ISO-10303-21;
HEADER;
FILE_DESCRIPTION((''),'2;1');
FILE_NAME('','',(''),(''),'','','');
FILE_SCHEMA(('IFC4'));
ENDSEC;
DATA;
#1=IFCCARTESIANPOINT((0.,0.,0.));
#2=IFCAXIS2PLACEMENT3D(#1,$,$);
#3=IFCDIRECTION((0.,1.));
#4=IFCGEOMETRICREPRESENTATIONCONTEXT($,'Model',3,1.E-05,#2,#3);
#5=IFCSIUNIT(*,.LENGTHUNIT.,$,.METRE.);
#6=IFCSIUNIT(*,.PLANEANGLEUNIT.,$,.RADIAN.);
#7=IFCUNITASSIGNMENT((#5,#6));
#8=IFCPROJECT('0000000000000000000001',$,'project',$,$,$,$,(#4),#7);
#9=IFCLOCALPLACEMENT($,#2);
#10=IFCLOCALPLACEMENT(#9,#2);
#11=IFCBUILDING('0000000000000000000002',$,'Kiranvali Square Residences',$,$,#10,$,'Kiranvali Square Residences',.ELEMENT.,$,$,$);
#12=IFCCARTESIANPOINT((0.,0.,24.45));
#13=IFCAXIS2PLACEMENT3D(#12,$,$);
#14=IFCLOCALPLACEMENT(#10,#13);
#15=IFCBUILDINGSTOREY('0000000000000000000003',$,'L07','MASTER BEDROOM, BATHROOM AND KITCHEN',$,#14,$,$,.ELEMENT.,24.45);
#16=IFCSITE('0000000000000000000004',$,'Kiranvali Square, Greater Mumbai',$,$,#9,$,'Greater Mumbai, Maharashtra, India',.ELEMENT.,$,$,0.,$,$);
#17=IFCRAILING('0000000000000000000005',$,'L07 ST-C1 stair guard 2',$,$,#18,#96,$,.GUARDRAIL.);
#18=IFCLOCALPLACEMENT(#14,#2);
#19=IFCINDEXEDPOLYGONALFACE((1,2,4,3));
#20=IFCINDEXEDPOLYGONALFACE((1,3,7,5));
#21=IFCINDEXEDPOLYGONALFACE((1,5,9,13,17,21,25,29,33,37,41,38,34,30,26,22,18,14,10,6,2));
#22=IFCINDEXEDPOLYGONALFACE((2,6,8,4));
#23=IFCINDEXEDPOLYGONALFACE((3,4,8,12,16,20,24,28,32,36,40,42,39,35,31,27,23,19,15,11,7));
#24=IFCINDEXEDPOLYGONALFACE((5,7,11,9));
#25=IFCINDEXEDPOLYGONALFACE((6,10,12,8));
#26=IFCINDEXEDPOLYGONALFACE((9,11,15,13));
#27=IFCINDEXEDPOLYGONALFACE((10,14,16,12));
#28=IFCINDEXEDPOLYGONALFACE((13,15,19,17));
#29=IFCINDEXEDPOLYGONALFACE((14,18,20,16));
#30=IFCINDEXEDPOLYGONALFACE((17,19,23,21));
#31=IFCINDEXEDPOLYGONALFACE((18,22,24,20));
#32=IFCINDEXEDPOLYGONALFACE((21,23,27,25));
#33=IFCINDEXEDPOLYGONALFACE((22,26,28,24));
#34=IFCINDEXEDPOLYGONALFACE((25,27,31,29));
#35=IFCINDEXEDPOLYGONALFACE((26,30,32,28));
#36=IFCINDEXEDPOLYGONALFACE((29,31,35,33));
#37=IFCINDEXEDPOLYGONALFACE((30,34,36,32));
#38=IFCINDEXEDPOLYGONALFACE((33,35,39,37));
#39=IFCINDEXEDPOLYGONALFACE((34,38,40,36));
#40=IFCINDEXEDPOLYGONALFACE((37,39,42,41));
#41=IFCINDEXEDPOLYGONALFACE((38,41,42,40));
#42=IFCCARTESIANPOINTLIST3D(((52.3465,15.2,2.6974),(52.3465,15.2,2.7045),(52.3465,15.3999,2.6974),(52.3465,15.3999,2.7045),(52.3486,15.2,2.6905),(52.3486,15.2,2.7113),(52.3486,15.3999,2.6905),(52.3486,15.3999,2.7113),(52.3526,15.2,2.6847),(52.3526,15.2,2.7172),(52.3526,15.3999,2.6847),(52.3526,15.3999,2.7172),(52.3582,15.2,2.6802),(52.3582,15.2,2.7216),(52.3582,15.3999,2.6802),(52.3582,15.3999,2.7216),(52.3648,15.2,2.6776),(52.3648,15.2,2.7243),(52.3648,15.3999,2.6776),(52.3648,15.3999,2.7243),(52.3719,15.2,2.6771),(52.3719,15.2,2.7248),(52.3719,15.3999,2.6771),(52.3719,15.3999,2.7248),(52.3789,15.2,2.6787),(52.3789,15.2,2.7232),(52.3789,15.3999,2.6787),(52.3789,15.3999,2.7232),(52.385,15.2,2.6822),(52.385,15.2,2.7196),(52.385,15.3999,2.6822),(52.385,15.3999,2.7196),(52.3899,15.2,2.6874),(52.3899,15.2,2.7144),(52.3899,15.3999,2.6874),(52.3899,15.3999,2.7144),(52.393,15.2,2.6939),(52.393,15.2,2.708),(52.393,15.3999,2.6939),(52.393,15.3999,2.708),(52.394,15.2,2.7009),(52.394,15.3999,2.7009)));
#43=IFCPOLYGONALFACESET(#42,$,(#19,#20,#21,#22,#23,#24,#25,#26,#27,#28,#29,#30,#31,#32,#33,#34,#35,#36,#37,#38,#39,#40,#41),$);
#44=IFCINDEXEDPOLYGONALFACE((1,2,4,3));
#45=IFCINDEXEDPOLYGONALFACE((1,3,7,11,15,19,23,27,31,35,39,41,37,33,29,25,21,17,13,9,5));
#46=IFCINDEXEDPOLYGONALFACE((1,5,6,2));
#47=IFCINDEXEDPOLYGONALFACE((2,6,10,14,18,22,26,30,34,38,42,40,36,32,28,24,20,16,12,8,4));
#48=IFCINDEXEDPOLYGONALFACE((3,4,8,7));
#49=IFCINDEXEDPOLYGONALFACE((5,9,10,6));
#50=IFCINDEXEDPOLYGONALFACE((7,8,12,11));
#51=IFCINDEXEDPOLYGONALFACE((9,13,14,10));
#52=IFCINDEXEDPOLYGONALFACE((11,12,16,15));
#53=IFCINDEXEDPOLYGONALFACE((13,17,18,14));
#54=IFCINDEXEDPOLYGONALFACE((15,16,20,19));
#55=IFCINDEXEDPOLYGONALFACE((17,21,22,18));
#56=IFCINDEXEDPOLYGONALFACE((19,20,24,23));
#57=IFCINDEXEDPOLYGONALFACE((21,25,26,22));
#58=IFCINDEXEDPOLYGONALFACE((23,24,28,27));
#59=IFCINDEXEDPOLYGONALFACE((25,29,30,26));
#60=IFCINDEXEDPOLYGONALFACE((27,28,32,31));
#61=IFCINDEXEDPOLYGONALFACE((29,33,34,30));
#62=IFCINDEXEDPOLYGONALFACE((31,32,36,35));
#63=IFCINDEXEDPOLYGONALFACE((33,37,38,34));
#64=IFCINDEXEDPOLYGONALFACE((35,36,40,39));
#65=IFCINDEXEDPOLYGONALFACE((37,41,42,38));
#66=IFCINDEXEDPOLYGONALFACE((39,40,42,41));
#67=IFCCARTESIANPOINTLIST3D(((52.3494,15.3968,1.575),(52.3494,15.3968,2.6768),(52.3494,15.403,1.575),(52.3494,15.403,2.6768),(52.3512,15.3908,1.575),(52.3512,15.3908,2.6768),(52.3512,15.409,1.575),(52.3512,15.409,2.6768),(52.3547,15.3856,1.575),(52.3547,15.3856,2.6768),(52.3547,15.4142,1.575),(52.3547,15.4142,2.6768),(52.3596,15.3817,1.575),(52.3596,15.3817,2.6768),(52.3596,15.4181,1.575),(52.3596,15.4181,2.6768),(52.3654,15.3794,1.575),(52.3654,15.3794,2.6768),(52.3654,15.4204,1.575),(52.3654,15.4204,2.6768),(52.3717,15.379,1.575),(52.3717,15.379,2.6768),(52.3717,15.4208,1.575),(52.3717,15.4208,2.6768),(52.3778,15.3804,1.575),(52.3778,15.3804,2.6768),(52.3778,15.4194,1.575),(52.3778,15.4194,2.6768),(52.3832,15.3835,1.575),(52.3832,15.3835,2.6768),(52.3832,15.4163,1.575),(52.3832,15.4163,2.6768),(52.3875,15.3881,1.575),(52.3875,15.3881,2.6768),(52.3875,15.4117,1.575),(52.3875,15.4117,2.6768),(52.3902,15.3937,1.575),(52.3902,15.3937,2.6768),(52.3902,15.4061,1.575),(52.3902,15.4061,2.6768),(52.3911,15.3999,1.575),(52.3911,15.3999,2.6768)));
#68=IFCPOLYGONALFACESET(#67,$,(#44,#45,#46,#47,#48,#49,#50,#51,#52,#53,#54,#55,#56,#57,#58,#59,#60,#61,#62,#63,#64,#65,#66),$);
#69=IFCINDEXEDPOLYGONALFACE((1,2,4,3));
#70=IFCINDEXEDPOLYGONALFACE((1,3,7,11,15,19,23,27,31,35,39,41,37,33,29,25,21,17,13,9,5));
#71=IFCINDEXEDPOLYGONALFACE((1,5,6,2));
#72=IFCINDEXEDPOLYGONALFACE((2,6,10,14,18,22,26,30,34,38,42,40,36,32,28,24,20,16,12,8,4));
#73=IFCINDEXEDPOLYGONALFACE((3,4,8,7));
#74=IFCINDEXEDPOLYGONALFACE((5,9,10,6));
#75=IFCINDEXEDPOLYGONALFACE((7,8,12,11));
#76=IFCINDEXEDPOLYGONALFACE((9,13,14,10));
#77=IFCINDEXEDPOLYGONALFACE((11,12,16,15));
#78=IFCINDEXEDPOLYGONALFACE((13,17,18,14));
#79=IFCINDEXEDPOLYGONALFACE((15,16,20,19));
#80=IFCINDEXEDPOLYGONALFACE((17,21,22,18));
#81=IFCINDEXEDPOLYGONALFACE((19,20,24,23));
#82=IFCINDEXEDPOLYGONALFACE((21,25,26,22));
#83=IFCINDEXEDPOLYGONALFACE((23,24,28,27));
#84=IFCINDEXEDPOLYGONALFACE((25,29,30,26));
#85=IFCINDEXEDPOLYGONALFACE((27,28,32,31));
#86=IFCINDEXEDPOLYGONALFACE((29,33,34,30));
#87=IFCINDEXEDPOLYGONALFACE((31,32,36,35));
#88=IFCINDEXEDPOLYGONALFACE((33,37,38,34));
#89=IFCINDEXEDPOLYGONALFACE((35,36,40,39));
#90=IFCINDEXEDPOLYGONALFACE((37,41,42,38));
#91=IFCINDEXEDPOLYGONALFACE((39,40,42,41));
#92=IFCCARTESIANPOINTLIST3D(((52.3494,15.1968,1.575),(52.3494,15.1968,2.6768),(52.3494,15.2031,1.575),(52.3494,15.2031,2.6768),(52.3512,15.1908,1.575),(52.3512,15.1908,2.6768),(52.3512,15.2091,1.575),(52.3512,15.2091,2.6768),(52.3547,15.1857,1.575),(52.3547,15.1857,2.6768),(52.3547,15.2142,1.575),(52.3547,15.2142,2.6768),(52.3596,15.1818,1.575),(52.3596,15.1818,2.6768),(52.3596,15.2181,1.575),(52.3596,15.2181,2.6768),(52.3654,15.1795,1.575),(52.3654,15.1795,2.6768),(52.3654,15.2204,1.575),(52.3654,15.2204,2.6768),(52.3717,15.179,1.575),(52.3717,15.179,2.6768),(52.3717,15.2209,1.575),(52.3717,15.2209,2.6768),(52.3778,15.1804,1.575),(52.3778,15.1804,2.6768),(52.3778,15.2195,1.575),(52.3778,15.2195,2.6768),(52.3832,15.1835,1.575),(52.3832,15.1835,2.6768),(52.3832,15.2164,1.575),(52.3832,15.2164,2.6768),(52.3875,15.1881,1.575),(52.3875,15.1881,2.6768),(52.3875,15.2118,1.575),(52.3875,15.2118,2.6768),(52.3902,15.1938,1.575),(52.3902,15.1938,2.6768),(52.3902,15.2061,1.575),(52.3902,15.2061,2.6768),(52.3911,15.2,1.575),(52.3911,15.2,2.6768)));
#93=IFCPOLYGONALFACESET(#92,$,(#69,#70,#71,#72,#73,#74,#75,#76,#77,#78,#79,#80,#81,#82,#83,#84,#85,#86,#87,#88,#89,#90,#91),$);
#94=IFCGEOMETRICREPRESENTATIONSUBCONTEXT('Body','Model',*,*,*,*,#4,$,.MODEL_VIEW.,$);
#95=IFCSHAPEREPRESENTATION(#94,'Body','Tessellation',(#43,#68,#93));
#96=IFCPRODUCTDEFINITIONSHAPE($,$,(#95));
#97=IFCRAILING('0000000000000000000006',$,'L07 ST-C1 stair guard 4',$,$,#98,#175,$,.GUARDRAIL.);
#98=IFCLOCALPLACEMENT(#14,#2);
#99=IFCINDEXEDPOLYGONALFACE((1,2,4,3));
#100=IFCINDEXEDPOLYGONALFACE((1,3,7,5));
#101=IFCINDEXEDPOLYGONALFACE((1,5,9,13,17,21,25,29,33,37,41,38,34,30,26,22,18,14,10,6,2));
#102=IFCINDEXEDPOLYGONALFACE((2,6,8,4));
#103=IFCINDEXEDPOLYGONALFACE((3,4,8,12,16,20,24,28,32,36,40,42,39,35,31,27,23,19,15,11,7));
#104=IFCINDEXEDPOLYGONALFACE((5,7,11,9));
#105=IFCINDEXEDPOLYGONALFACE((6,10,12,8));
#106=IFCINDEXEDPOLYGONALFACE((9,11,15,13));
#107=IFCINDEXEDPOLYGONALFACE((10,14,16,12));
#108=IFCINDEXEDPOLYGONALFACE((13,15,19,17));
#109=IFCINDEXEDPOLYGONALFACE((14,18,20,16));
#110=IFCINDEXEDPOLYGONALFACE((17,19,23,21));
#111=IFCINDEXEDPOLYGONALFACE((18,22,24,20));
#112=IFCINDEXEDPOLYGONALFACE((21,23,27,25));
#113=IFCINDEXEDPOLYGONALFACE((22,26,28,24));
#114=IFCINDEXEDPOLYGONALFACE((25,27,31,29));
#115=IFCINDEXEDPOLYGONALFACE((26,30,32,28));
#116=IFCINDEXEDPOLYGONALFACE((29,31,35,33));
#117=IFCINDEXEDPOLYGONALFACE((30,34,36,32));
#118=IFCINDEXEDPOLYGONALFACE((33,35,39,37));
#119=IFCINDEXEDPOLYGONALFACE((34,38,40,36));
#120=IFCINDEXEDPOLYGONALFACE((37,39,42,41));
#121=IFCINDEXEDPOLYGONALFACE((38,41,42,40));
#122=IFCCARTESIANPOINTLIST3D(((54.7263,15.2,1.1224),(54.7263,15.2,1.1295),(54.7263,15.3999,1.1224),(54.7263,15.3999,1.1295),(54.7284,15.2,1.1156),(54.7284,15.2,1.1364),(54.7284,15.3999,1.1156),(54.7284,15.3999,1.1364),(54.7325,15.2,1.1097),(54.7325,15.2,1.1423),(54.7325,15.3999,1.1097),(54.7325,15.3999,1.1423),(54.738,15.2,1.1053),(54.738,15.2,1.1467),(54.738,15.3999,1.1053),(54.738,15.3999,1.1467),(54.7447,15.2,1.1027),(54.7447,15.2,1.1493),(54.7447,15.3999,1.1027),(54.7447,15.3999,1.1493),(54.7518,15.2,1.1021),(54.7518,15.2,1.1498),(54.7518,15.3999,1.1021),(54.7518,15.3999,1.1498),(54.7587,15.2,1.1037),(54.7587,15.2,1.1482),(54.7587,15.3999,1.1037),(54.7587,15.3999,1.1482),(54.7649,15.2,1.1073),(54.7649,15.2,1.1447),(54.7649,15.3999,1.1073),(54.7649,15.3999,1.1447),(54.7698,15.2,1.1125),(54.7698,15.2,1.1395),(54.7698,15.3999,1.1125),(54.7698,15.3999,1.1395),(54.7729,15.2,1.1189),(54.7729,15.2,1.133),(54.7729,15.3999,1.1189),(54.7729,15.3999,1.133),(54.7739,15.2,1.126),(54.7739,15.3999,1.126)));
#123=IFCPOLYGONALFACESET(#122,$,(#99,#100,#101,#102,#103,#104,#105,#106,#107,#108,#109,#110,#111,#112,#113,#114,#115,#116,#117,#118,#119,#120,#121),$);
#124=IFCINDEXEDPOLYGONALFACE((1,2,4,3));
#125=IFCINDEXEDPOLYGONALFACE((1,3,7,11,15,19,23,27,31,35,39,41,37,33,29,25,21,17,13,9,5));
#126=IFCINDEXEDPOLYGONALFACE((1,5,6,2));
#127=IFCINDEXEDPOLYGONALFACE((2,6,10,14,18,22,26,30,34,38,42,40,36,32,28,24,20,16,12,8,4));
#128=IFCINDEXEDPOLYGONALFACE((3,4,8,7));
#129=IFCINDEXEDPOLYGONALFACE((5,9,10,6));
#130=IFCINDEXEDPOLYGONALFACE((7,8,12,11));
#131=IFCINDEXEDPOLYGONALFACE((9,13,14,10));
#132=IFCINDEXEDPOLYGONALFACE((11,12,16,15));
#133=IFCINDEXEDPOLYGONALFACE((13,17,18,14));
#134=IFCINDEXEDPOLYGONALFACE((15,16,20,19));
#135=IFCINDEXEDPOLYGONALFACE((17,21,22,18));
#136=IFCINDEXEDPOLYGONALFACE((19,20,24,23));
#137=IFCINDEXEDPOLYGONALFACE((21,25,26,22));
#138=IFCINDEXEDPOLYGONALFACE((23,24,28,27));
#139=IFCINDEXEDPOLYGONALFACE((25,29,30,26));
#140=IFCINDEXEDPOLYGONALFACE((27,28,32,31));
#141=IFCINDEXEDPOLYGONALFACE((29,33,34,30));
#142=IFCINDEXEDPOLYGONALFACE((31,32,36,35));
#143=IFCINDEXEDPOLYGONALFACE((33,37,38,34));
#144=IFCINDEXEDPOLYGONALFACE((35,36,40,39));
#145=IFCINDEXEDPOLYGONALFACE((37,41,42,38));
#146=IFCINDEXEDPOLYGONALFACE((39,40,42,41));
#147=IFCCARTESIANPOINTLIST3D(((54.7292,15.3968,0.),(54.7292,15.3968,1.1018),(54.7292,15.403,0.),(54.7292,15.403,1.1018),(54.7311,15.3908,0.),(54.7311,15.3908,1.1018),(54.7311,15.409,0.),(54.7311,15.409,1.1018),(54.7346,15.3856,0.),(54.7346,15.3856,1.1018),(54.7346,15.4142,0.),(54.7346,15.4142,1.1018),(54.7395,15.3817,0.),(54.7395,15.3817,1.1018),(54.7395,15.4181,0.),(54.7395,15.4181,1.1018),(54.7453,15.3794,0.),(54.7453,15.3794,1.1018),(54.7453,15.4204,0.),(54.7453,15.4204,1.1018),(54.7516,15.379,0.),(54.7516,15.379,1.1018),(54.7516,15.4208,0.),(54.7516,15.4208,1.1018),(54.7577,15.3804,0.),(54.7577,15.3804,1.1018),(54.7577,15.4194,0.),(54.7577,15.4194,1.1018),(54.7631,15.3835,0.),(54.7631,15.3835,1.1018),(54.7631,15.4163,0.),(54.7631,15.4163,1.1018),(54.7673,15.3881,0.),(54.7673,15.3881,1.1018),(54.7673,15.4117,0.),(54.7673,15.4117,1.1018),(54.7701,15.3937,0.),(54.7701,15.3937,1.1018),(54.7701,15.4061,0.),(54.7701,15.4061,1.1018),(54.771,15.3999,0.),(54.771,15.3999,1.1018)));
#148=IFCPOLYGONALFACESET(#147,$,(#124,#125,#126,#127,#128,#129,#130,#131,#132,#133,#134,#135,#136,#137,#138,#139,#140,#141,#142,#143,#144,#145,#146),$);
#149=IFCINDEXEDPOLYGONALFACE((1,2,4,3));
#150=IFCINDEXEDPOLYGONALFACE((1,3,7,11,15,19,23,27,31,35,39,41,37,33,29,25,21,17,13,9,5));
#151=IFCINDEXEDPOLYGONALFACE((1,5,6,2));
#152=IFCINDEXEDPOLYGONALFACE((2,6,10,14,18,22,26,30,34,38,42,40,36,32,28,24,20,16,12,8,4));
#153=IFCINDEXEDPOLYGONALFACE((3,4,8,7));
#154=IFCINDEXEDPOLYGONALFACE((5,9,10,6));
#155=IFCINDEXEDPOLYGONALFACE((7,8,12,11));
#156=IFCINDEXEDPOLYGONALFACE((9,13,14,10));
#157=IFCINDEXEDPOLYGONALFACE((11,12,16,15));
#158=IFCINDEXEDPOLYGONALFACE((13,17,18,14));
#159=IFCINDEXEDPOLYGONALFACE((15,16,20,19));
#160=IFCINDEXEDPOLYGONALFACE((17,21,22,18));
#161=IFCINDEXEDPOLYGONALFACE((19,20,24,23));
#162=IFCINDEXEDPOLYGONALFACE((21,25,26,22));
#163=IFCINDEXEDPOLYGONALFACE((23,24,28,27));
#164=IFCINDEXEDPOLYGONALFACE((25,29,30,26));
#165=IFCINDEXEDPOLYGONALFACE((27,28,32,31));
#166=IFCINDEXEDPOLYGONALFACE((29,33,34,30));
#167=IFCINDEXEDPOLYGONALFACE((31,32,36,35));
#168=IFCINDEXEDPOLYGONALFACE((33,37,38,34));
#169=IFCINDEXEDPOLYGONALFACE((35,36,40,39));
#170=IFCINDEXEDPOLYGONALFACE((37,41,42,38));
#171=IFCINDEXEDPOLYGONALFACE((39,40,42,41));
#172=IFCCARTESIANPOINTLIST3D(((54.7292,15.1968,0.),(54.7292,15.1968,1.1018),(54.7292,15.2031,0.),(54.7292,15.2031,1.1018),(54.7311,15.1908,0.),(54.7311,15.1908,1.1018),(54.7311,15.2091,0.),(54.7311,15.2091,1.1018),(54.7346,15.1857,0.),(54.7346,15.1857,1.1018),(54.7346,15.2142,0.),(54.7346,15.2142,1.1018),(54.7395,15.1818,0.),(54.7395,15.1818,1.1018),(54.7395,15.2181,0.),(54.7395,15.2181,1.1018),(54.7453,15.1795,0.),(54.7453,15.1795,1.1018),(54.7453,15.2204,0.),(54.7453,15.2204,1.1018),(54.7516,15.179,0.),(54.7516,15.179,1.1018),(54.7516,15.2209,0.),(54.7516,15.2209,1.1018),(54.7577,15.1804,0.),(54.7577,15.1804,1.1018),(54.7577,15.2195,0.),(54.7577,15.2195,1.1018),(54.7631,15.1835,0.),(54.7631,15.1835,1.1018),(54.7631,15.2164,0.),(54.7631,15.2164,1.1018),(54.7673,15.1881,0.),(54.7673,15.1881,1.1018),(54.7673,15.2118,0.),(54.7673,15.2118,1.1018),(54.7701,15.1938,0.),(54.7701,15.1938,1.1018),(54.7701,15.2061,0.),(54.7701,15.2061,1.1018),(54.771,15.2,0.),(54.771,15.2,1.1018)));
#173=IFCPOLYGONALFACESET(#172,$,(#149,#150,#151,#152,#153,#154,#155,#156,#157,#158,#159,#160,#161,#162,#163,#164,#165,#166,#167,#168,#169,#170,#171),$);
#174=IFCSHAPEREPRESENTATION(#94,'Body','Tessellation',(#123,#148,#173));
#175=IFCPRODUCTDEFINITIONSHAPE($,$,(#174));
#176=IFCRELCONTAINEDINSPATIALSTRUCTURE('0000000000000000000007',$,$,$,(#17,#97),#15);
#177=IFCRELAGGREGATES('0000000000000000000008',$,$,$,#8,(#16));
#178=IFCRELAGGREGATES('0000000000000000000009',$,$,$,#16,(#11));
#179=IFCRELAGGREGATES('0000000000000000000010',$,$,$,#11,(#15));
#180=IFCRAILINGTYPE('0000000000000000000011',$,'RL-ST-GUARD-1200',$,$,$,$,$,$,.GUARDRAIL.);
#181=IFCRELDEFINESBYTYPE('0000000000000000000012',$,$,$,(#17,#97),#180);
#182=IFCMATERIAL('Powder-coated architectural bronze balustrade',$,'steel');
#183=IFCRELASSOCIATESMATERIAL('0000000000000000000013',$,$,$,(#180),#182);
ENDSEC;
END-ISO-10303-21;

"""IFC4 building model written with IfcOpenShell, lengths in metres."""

from ifc_helpers import new_model, si_unit, direction, frame, origin, origin_2d, place, context, subcontext, project, spatial, circle, extrude, material, type_object, element, save


model = new_model("IFC4")

# Units and contexts
model_context = context("Model", 3, precision=1e-05, world=origin(), true_north=direction((0.0, 1.0)))
body_context = subcontext(model_context, "Body", "Model", "MODEL_VIEW")
ifc_project = project(units=[si_unit("LENGTHUNIT", "METRE"), si_unit("PLANEANGLEUNIT", "RADIAN")], contexts=[model_context])

# Site, building, storey
site_placement = place(None, origin())
site = spatial("IfcSite", under=ifc_project, at=site_placement, Name="Kiranvali Square, Greater Mumbai", LongName="Greater Mumbai, Maharashtra, India", CompositionType="ELEMENT", RefElevation=0.0)
building_placement = place(site_placement, origin())
building = spatial("IfcBuilding", under=site, at=building_placement, Name="Kiranvali Square Residences", LongName="Kiranvali Square Residences", CompositionType="ELEMENT")
storey_placement = place(building_placement, frame((0.0, 0.0, 24.45)))
storey = spatial("IfcBuildingStorey", under=building, at=storey_placement, Name="L07", Description="MASTER BEDROOM, BATHROOM AND KITCHEN", CompositionType="ELEMENT", Elevation=24.45)

# Railings
ifc_material_1 = material(Name="Powder-coated architectural bronze balustrade", Category="steel")
railing_type_1 = type_object("IfcRailingType", Name="RL-ST-GUARD-1200", PredefinedType="GUARDRAIL", material=ifc_material_1)
for number, where, name in (
    (1, (52.3701, 15.3999, 1.575), "L07 ST-C1 stair guard 2"),
    (2, (54.75, 15.3999, 0.0), "L07 ST-C1 stair guard 4"),
):
    element("IfcRailing", number, at=place(storey_placement, frame(where)), inside=storey, type_object=railing_type_1, Name=name, PredefinedType="GUARDRAIL", context=body_context, shape_type="SweptSolid", body=[
        extrude(circle(Radius=0.0239, at=origin_2d()), frame((0.0, 0.0, 1.126), z_axis=(0.0, -1.0, 0.0), x_axis=(1.0, 0.0, 0.0)), (0.0, 0.0, 1.0), 0.2),
        extrude(circle(Radius=0.021, at=origin_2d()), origin(), (0.0, 0.0, 1.0), 1.1018),
        extrude(circle(Radius=0.021, at=origin_2d()), frame((0.0, -0.2, 0.0)), (0.0, 0.0, 1.0), 1.1018),
    ])

save(model, "model.ifc")
